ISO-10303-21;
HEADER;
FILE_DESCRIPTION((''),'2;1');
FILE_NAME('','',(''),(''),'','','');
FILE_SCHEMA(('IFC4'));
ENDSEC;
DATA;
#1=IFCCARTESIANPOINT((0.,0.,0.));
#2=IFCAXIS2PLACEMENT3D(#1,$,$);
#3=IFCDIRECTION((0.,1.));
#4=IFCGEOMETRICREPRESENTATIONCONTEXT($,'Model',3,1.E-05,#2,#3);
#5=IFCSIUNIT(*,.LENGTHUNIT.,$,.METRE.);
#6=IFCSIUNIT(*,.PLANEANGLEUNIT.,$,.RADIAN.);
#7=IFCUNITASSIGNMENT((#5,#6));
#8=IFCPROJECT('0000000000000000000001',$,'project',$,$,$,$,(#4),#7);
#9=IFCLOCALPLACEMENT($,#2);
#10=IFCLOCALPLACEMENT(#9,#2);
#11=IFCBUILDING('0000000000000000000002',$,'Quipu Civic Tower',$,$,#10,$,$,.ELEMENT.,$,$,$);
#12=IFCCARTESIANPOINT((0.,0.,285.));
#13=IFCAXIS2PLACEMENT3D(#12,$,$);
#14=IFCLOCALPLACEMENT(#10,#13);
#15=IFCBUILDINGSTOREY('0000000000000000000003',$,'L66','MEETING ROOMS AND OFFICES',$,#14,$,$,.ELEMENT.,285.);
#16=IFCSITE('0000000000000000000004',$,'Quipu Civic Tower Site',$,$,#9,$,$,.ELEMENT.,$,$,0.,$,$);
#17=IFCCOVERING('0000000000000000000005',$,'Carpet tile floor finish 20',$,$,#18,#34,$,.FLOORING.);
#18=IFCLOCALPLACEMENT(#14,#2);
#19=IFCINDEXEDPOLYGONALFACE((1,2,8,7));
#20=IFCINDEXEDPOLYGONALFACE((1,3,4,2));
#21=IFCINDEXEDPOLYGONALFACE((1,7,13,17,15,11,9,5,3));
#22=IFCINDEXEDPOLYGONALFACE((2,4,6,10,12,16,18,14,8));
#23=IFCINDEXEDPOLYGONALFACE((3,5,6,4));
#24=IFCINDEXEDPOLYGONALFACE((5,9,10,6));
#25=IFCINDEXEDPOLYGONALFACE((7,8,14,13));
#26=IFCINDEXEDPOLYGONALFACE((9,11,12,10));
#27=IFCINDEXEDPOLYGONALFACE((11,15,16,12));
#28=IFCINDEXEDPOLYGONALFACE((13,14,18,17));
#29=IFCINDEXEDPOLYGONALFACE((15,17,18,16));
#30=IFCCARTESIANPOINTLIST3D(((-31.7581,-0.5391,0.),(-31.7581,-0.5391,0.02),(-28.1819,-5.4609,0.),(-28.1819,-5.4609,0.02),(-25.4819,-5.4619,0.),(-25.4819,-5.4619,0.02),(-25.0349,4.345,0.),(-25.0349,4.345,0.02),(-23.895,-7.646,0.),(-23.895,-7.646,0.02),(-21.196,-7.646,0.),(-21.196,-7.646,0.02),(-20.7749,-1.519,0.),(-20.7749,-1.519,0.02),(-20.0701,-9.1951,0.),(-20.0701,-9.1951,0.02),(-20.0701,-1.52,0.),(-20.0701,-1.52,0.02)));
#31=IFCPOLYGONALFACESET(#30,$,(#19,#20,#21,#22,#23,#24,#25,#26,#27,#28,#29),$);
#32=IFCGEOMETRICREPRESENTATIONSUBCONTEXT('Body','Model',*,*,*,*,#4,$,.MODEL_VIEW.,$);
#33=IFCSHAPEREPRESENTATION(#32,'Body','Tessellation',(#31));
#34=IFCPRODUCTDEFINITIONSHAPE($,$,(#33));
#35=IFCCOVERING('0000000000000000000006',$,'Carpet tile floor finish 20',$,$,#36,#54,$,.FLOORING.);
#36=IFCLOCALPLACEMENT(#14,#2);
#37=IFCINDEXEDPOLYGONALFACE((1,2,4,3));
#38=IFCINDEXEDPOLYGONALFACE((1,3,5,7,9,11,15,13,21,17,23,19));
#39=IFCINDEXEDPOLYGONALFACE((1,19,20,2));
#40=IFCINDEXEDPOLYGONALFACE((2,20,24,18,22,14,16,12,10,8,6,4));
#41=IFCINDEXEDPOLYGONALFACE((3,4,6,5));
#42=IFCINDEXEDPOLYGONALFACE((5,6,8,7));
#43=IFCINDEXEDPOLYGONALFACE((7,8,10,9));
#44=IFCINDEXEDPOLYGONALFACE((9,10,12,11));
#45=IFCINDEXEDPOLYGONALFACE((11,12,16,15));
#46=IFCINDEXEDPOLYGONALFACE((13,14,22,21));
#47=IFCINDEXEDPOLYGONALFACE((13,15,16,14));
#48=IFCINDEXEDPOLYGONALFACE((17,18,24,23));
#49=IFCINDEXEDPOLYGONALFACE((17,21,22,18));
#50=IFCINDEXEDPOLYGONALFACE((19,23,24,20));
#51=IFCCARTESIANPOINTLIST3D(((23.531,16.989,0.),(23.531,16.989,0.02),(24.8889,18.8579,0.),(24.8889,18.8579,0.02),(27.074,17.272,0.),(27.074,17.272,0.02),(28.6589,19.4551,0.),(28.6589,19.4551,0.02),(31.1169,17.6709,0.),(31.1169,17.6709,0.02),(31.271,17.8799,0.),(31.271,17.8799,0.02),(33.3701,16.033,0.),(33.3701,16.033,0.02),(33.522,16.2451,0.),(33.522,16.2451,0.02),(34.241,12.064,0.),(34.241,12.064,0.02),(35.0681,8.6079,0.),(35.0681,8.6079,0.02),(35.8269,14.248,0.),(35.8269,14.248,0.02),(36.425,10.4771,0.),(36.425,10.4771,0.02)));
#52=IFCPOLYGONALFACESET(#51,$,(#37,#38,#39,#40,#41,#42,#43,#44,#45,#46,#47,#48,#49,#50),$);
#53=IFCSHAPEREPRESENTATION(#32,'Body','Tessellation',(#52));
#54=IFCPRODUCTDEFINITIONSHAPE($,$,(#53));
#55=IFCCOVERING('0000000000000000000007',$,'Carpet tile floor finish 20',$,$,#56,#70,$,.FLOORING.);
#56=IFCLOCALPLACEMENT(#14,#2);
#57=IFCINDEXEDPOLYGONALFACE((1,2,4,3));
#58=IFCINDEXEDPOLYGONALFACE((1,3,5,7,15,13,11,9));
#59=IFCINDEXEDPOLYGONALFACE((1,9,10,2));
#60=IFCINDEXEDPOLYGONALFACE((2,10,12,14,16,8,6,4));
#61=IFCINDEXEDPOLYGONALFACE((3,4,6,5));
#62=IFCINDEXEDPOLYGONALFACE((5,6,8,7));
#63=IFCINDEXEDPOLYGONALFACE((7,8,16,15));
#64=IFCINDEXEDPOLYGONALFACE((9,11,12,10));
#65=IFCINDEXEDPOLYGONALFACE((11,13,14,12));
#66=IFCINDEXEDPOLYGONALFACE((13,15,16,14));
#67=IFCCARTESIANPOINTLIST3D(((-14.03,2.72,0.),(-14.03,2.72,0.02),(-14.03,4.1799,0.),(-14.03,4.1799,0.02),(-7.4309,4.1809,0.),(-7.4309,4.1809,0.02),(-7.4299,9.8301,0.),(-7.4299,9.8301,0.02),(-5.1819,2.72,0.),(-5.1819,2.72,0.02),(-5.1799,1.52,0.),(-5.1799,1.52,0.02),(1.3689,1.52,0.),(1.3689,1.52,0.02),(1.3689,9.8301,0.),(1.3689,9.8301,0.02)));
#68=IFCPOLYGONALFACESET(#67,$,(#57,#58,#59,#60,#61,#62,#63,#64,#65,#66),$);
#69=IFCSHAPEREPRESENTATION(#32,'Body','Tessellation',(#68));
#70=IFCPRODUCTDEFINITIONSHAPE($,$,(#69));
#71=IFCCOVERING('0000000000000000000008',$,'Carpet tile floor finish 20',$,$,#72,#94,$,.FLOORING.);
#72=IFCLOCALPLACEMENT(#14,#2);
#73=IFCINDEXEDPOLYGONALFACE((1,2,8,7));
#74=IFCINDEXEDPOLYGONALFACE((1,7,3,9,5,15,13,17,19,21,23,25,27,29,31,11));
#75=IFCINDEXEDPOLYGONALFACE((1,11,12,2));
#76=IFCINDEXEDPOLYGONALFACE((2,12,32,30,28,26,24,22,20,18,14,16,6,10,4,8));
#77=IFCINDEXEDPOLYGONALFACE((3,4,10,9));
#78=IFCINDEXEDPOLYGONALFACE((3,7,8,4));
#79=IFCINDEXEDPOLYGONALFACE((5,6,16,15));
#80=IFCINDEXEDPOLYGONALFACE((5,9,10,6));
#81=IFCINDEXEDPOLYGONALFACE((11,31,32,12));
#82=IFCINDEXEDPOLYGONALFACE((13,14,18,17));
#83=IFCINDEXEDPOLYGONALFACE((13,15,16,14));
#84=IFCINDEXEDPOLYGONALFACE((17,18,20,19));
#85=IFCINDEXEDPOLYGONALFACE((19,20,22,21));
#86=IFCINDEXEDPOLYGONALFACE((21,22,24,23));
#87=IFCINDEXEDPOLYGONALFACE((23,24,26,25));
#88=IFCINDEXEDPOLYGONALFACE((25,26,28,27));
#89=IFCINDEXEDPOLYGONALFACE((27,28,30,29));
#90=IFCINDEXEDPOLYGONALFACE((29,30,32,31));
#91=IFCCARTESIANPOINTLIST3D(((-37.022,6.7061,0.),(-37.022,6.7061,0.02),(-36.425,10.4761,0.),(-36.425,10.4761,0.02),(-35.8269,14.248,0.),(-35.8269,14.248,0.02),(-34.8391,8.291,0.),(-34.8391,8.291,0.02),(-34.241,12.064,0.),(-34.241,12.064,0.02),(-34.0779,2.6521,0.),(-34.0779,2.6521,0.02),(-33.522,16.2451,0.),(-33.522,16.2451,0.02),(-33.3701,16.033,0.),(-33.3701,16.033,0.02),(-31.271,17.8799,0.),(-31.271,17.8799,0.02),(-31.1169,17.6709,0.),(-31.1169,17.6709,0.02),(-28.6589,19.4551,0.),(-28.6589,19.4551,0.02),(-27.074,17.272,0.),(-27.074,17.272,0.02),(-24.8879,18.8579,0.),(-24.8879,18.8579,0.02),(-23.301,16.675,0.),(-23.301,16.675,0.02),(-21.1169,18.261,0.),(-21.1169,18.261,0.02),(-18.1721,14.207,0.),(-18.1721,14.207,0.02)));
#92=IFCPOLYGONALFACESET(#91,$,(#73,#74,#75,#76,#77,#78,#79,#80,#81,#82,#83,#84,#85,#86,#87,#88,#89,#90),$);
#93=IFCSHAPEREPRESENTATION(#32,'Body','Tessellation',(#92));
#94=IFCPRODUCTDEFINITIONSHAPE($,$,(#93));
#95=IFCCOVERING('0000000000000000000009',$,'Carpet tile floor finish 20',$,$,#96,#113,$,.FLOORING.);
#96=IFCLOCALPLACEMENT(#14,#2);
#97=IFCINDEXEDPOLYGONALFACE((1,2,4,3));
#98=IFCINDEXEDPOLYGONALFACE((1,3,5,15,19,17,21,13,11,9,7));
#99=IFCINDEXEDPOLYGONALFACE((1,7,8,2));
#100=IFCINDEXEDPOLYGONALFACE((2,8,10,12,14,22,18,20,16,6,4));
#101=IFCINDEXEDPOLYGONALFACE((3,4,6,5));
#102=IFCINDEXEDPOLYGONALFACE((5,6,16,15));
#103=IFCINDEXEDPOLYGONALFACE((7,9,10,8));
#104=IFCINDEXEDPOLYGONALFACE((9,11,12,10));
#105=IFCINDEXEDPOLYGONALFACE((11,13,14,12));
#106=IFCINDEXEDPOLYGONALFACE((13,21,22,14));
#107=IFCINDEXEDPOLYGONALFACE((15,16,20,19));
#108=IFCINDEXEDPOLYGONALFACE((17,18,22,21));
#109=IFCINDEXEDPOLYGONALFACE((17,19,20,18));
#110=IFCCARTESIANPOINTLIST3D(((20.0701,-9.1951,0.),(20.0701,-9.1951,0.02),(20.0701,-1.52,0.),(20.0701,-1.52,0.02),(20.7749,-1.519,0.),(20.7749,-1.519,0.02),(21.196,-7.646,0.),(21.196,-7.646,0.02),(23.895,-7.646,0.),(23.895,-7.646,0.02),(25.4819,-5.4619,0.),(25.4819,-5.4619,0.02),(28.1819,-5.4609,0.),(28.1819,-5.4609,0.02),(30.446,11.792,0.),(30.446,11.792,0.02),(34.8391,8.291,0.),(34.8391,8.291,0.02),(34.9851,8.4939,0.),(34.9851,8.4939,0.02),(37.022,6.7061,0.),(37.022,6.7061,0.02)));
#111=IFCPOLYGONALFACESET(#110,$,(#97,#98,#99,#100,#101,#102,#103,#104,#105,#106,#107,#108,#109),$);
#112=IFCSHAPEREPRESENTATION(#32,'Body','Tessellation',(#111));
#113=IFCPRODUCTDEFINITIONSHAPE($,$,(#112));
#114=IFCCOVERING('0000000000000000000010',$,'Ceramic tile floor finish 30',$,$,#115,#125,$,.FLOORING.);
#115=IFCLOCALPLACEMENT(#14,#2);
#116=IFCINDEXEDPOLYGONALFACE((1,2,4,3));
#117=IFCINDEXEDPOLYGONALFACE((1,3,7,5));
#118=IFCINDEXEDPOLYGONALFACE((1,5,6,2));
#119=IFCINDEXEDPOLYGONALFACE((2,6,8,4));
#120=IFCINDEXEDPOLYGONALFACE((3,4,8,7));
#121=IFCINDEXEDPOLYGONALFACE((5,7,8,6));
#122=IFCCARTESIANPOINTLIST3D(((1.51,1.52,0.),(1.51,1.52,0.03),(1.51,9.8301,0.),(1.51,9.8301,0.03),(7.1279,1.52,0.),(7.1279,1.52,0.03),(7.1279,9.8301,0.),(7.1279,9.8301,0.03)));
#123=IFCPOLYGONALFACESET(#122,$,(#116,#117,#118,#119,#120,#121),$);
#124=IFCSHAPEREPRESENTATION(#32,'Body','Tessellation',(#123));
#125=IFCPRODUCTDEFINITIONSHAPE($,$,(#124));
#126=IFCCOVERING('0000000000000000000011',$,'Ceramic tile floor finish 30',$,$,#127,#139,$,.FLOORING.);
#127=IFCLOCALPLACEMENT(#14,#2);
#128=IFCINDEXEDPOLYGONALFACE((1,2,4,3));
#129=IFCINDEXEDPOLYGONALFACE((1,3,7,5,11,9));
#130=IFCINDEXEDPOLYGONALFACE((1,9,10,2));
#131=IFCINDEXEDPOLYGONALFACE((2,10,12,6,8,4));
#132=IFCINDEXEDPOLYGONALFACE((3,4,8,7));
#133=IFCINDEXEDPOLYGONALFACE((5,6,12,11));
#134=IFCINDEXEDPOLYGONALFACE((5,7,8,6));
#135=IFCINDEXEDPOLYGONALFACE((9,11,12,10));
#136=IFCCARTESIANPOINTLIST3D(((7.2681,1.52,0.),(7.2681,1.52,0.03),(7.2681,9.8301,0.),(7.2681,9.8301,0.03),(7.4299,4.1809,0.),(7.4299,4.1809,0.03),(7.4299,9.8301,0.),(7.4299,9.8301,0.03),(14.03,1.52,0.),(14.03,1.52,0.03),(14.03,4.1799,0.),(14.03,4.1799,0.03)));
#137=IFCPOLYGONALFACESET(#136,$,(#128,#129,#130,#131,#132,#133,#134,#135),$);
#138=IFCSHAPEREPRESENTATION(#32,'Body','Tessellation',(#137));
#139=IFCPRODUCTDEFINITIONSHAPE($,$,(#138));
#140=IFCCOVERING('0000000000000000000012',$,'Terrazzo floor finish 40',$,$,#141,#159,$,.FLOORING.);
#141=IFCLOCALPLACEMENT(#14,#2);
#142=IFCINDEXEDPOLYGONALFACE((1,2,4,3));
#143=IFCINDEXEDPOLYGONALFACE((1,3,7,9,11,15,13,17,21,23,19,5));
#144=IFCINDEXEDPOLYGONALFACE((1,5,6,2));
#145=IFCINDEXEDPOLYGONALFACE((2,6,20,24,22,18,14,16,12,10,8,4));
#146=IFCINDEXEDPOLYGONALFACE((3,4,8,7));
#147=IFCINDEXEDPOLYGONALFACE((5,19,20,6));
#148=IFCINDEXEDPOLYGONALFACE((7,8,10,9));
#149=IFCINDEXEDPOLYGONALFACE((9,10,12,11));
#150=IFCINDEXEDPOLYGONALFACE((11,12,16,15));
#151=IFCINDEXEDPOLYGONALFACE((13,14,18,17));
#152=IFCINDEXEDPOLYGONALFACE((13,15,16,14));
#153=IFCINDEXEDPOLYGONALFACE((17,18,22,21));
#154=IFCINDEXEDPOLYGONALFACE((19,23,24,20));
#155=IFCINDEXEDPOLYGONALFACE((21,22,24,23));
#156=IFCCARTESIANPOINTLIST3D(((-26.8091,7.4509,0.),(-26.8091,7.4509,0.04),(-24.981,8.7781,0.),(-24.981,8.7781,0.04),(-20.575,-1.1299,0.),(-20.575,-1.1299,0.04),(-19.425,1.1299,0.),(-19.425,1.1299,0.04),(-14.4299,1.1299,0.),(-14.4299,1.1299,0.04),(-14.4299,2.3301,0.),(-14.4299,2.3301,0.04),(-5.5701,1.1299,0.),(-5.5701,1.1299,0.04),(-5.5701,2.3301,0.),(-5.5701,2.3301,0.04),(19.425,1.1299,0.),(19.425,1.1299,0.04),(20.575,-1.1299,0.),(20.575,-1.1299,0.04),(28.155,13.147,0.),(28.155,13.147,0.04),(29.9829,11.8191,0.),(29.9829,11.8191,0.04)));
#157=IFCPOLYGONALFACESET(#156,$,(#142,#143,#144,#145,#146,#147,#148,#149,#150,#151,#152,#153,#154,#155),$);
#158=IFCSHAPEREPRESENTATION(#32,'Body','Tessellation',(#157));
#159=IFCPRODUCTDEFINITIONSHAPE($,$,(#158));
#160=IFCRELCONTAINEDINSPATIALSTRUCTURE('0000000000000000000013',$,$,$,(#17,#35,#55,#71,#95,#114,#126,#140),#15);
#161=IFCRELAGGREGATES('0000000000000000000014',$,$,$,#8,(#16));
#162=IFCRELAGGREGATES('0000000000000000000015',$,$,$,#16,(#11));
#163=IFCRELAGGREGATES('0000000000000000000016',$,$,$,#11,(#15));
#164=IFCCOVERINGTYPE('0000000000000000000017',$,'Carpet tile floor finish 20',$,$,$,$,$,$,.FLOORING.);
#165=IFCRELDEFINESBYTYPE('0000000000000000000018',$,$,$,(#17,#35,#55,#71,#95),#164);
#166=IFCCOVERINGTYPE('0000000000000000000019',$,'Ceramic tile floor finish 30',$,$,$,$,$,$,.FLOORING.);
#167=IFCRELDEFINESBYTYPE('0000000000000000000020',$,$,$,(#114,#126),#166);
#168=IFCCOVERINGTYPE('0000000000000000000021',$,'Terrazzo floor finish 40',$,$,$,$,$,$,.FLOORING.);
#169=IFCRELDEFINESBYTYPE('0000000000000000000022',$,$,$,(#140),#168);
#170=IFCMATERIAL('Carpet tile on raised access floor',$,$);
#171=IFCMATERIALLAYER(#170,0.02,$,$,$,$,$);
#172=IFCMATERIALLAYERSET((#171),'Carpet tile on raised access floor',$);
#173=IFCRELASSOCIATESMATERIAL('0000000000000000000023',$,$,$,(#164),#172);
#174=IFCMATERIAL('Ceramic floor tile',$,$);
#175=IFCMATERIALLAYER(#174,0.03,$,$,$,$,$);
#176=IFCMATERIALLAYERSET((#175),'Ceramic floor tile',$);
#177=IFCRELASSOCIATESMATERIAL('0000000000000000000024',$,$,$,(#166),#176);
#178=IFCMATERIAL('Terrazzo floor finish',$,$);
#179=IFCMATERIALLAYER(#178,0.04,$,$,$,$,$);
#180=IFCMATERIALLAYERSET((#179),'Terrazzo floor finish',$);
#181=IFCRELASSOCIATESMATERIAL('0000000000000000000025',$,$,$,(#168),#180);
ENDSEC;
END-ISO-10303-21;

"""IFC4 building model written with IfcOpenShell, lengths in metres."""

from ifc_helpers import new_model, si_unit, direction, frame, origin, place, context, subcontext, project, spatial, polyline, outline, extrude, material, layer, layer_set, type_object, element, save


model = new_model("IFC4")

# Units and contexts
model_context = context("Model", 3, precision=1e-05, world=origin(), true_north=direction((0.0, 1.0)))
body_context = subcontext(model_context, "Body", "Model", "MODEL_VIEW")
ifc_project = project(units=[si_unit("LENGTHUNIT", "METRE"), si_unit("PLANEANGLEUNIT", "RADIAN")], contexts=[model_context])

# Site, building, storey
site_placement = place(None, origin())
site = spatial("IfcSite", under=ifc_project, at=site_placement, Name="Quipu Civic Tower Site", CompositionType="ELEMENT", RefElevation=0.0)
building_placement = place(site_placement, origin())
building = spatial("IfcBuilding", under=site, at=building_placement, Name="Quipu Civic Tower", CompositionType="ELEMENT")
storey_placement = place(building_placement, frame((0.0, 0.0, 285.0)))
storey = spatial("IfcBuildingStorey", under=building, at=storey_placement, Name="L66", Description="MEETING ROOMS AND OFFICES", CompositionType="ELEMENT", Elevation=285.0)

# Coverings
ifc_material_1 = material(Name="Carpet tile on raised access floor")
ifc_layer_1 = layer(ifc_material_1, 0.02)
ifc_layer_set_1 = layer_set([ifc_layer_1], Name="Carpet tile on raised access floor")
covering_type_1 = type_object("IfcCoveringType", Name="Carpet tile floor finish 20", PredefinedType="FLOORING", material=ifc_layer_set_1)
covering_1_placement = place(storey_placement, origin())
element("IfcCovering", 1, at=covering_1_placement, inside=storey, type_object=covering_type_1, Name="Carpet tile floor finish 20", PredefinedType="FLOORING", context=body_context, shape_type="SweptSolid", body=[
    extrude(outline(polyline([(-31.7581, -0.5391), (-25.0349, 4.345), (-20.7749, -1.519), (-20.0701, -1.52), (-20.0701, -9.1951), (-21.196, -7.646), (-23.895, -7.646), (-25.4819, -5.4619), (-28.1819, -5.4609), (-31.7581, -0.5391)])), origin(), (0.0, 0.0, 1.0), 0.02),
])
covering_2_placement = place(storey_placement, origin())
element("IfcCovering", 2, at=covering_2_placement, inside=storey, type_object=covering_type_1, Name="Carpet tile floor finish 20", PredefinedType="FLOORING", context=body_context, shape_type="SweptSolid", body=[
    extrude(outline(polyline([(23.531, 16.989), (24.8889, 18.8579), (27.074, 17.272), (28.6589, 19.4551), (31.1169, 17.6709), (31.271, 17.8799), (33.522, 16.2451), (33.3701, 16.033), (35.8269, 14.248), (34.241, 12.064), (36.425, 10.4771), (35.0681, 8.6079), (23.531, 16.989)])), origin(), (0.0, 0.0, 1.0), 0.02),
])
covering_3_placement = place(storey_placement, origin())
element("IfcCovering", 3, at=covering_3_placement, inside=storey, type_object=covering_type_1, Name="Carpet tile floor finish 20", PredefinedType="FLOORING", context=body_context, shape_type="SweptSolid", body=[
    extrude(outline(polyline([(-14.03, 2.72), (-14.03, 4.1799), (-7.4309, 4.1809), (-7.4299, 9.8301), (1.3689, 9.8301), (1.3689, 1.52), (-5.1799, 1.52), (-5.1819, 2.72), (-14.03, 2.72)])), origin(), (0.0, 0.0, 1.0), 0.02),
])
covering_4_placement = place(storey_placement, origin())
element("IfcCovering", 4, at=covering_4_placement, inside=storey, type_object=covering_type_1, Name="Carpet tile floor finish 20", PredefinedType="FLOORING", context=body_context, shape_type="SweptSolid", body=[
    extrude(outline(polyline([(-37.022, 6.7061), (-34.8391, 8.291), (-36.425, 10.4761), (-34.241, 12.064), (-35.8269, 14.248), (-33.3701, 16.033), (-33.522, 16.2451), (-31.271, 17.8799), (-31.1169, 17.6709), (-28.6589, 19.4551), (-27.074, 17.272), (-24.8879, 18.8579), (-23.301, 16.675), (-21.1169, 18.261), (-18.1721, 14.207), (-34.0779, 2.6521), (-37.022, 6.7061)])), origin(), (0.0, 0.0, 1.0), 0.02),
])
covering_5_placement = place(storey_placement, origin())
element("IfcCovering", 5, at=covering_5_placement, inside=storey, type_object=covering_type_1, Name="Carpet tile floor finish 20", PredefinedType="FLOORING", context=body_context, shape_type="SweptSolid", body=[
    extrude(outline(polyline([(20.0701, -9.1951), (20.0701, -1.52), (20.7749, -1.519), (30.446, 11.792), (34.9851, 8.4939), (34.8391, 8.291), (37.022, 6.7061), (28.1819, -5.4609), (25.4819, -5.4619), (23.895, -7.646), (21.196, -7.646), (20.0701, -9.1951)])), origin(), (0.0, 0.0, 1.0), 0.02),
])
ifc_material_2 = material(Name="Ceramic floor tile")
ifc_layer_2 = layer(ifc_material_2, 0.03)
ifc_layer_set_2 = layer_set([ifc_layer_2], Name="Ceramic floor tile")
covering_type_2 = type_object("IfcCoveringType", Name="Ceramic tile floor finish 30", PredefinedType="FLOORING", material=ifc_layer_set_2)
covering_6_placement = place(storey_placement, origin())
element("IfcCovering", 6, at=covering_6_placement, inside=storey, type_object=covering_type_2, Name="Ceramic tile floor finish 30", PredefinedType="FLOORING", context=body_context, shape_type="SweptSolid", body=[
    extrude(outline(polyline([(1.51, 9.8301), (7.1279, 9.8301), (7.1279, 1.52), (1.51, 1.52), (1.51, 9.8301)])), origin(), (0.0, 0.0, 1.0), 0.03),
])
covering_7_placement = place(storey_placement, origin())
element("IfcCovering", 7, at=covering_7_placement, inside=storey, type_object=covering_type_2, Name="Ceramic tile floor finish 30", PredefinedType="FLOORING", context=body_context, shape_type="SweptSolid", body=[
    extrude(outline(polyline([(7.2681, 1.52), (7.2681, 9.8301), (7.4299, 9.8301), (7.4299, 4.1809), (14.03, 4.1799), (14.03, 1.52), (7.2681, 1.52)])), origin(), (0.0, 0.0, 1.0), 0.03),
])
ifc_material_3 = material(Name="Terrazzo floor finish")
ifc_layer_3 = layer(ifc_material_3, 0.04)
ifc_layer_set_3 = layer_set([ifc_layer_3], Name="Terrazzo floor finish")
covering_type_3 = type_object("IfcCoveringType", Name="Terrazzo floor finish 40", PredefinedType="FLOORING", material=ifc_layer_set_3)
covering_8_placement = place(storey_placement, origin())
element("IfcCovering", 8, at=covering_8_placement, inside=storey, type_object=covering_type_3, Name="Terrazzo floor finish 40", PredefinedType="FLOORING", context=body_context, shape_type="SweptSolid", body=[
    extrude(outline(polyline([(19.425, 1.1299), (28.155, 13.147), (29.9829, 11.8191), (20.575, -1.1299), (-20.575, -1.1299), (-26.8091, 7.4509), (-24.981, 8.7781), (-19.425, 1.1299), (-14.4299, 1.1299), (-14.4299, 2.3301), (-5.5701, 2.3301), (-5.5701, 1.1299), (19.425, 1.1299)])), origin(), (0.0, 0.0, 1.0), 0.04),
])

save(model, "model.ifc")
